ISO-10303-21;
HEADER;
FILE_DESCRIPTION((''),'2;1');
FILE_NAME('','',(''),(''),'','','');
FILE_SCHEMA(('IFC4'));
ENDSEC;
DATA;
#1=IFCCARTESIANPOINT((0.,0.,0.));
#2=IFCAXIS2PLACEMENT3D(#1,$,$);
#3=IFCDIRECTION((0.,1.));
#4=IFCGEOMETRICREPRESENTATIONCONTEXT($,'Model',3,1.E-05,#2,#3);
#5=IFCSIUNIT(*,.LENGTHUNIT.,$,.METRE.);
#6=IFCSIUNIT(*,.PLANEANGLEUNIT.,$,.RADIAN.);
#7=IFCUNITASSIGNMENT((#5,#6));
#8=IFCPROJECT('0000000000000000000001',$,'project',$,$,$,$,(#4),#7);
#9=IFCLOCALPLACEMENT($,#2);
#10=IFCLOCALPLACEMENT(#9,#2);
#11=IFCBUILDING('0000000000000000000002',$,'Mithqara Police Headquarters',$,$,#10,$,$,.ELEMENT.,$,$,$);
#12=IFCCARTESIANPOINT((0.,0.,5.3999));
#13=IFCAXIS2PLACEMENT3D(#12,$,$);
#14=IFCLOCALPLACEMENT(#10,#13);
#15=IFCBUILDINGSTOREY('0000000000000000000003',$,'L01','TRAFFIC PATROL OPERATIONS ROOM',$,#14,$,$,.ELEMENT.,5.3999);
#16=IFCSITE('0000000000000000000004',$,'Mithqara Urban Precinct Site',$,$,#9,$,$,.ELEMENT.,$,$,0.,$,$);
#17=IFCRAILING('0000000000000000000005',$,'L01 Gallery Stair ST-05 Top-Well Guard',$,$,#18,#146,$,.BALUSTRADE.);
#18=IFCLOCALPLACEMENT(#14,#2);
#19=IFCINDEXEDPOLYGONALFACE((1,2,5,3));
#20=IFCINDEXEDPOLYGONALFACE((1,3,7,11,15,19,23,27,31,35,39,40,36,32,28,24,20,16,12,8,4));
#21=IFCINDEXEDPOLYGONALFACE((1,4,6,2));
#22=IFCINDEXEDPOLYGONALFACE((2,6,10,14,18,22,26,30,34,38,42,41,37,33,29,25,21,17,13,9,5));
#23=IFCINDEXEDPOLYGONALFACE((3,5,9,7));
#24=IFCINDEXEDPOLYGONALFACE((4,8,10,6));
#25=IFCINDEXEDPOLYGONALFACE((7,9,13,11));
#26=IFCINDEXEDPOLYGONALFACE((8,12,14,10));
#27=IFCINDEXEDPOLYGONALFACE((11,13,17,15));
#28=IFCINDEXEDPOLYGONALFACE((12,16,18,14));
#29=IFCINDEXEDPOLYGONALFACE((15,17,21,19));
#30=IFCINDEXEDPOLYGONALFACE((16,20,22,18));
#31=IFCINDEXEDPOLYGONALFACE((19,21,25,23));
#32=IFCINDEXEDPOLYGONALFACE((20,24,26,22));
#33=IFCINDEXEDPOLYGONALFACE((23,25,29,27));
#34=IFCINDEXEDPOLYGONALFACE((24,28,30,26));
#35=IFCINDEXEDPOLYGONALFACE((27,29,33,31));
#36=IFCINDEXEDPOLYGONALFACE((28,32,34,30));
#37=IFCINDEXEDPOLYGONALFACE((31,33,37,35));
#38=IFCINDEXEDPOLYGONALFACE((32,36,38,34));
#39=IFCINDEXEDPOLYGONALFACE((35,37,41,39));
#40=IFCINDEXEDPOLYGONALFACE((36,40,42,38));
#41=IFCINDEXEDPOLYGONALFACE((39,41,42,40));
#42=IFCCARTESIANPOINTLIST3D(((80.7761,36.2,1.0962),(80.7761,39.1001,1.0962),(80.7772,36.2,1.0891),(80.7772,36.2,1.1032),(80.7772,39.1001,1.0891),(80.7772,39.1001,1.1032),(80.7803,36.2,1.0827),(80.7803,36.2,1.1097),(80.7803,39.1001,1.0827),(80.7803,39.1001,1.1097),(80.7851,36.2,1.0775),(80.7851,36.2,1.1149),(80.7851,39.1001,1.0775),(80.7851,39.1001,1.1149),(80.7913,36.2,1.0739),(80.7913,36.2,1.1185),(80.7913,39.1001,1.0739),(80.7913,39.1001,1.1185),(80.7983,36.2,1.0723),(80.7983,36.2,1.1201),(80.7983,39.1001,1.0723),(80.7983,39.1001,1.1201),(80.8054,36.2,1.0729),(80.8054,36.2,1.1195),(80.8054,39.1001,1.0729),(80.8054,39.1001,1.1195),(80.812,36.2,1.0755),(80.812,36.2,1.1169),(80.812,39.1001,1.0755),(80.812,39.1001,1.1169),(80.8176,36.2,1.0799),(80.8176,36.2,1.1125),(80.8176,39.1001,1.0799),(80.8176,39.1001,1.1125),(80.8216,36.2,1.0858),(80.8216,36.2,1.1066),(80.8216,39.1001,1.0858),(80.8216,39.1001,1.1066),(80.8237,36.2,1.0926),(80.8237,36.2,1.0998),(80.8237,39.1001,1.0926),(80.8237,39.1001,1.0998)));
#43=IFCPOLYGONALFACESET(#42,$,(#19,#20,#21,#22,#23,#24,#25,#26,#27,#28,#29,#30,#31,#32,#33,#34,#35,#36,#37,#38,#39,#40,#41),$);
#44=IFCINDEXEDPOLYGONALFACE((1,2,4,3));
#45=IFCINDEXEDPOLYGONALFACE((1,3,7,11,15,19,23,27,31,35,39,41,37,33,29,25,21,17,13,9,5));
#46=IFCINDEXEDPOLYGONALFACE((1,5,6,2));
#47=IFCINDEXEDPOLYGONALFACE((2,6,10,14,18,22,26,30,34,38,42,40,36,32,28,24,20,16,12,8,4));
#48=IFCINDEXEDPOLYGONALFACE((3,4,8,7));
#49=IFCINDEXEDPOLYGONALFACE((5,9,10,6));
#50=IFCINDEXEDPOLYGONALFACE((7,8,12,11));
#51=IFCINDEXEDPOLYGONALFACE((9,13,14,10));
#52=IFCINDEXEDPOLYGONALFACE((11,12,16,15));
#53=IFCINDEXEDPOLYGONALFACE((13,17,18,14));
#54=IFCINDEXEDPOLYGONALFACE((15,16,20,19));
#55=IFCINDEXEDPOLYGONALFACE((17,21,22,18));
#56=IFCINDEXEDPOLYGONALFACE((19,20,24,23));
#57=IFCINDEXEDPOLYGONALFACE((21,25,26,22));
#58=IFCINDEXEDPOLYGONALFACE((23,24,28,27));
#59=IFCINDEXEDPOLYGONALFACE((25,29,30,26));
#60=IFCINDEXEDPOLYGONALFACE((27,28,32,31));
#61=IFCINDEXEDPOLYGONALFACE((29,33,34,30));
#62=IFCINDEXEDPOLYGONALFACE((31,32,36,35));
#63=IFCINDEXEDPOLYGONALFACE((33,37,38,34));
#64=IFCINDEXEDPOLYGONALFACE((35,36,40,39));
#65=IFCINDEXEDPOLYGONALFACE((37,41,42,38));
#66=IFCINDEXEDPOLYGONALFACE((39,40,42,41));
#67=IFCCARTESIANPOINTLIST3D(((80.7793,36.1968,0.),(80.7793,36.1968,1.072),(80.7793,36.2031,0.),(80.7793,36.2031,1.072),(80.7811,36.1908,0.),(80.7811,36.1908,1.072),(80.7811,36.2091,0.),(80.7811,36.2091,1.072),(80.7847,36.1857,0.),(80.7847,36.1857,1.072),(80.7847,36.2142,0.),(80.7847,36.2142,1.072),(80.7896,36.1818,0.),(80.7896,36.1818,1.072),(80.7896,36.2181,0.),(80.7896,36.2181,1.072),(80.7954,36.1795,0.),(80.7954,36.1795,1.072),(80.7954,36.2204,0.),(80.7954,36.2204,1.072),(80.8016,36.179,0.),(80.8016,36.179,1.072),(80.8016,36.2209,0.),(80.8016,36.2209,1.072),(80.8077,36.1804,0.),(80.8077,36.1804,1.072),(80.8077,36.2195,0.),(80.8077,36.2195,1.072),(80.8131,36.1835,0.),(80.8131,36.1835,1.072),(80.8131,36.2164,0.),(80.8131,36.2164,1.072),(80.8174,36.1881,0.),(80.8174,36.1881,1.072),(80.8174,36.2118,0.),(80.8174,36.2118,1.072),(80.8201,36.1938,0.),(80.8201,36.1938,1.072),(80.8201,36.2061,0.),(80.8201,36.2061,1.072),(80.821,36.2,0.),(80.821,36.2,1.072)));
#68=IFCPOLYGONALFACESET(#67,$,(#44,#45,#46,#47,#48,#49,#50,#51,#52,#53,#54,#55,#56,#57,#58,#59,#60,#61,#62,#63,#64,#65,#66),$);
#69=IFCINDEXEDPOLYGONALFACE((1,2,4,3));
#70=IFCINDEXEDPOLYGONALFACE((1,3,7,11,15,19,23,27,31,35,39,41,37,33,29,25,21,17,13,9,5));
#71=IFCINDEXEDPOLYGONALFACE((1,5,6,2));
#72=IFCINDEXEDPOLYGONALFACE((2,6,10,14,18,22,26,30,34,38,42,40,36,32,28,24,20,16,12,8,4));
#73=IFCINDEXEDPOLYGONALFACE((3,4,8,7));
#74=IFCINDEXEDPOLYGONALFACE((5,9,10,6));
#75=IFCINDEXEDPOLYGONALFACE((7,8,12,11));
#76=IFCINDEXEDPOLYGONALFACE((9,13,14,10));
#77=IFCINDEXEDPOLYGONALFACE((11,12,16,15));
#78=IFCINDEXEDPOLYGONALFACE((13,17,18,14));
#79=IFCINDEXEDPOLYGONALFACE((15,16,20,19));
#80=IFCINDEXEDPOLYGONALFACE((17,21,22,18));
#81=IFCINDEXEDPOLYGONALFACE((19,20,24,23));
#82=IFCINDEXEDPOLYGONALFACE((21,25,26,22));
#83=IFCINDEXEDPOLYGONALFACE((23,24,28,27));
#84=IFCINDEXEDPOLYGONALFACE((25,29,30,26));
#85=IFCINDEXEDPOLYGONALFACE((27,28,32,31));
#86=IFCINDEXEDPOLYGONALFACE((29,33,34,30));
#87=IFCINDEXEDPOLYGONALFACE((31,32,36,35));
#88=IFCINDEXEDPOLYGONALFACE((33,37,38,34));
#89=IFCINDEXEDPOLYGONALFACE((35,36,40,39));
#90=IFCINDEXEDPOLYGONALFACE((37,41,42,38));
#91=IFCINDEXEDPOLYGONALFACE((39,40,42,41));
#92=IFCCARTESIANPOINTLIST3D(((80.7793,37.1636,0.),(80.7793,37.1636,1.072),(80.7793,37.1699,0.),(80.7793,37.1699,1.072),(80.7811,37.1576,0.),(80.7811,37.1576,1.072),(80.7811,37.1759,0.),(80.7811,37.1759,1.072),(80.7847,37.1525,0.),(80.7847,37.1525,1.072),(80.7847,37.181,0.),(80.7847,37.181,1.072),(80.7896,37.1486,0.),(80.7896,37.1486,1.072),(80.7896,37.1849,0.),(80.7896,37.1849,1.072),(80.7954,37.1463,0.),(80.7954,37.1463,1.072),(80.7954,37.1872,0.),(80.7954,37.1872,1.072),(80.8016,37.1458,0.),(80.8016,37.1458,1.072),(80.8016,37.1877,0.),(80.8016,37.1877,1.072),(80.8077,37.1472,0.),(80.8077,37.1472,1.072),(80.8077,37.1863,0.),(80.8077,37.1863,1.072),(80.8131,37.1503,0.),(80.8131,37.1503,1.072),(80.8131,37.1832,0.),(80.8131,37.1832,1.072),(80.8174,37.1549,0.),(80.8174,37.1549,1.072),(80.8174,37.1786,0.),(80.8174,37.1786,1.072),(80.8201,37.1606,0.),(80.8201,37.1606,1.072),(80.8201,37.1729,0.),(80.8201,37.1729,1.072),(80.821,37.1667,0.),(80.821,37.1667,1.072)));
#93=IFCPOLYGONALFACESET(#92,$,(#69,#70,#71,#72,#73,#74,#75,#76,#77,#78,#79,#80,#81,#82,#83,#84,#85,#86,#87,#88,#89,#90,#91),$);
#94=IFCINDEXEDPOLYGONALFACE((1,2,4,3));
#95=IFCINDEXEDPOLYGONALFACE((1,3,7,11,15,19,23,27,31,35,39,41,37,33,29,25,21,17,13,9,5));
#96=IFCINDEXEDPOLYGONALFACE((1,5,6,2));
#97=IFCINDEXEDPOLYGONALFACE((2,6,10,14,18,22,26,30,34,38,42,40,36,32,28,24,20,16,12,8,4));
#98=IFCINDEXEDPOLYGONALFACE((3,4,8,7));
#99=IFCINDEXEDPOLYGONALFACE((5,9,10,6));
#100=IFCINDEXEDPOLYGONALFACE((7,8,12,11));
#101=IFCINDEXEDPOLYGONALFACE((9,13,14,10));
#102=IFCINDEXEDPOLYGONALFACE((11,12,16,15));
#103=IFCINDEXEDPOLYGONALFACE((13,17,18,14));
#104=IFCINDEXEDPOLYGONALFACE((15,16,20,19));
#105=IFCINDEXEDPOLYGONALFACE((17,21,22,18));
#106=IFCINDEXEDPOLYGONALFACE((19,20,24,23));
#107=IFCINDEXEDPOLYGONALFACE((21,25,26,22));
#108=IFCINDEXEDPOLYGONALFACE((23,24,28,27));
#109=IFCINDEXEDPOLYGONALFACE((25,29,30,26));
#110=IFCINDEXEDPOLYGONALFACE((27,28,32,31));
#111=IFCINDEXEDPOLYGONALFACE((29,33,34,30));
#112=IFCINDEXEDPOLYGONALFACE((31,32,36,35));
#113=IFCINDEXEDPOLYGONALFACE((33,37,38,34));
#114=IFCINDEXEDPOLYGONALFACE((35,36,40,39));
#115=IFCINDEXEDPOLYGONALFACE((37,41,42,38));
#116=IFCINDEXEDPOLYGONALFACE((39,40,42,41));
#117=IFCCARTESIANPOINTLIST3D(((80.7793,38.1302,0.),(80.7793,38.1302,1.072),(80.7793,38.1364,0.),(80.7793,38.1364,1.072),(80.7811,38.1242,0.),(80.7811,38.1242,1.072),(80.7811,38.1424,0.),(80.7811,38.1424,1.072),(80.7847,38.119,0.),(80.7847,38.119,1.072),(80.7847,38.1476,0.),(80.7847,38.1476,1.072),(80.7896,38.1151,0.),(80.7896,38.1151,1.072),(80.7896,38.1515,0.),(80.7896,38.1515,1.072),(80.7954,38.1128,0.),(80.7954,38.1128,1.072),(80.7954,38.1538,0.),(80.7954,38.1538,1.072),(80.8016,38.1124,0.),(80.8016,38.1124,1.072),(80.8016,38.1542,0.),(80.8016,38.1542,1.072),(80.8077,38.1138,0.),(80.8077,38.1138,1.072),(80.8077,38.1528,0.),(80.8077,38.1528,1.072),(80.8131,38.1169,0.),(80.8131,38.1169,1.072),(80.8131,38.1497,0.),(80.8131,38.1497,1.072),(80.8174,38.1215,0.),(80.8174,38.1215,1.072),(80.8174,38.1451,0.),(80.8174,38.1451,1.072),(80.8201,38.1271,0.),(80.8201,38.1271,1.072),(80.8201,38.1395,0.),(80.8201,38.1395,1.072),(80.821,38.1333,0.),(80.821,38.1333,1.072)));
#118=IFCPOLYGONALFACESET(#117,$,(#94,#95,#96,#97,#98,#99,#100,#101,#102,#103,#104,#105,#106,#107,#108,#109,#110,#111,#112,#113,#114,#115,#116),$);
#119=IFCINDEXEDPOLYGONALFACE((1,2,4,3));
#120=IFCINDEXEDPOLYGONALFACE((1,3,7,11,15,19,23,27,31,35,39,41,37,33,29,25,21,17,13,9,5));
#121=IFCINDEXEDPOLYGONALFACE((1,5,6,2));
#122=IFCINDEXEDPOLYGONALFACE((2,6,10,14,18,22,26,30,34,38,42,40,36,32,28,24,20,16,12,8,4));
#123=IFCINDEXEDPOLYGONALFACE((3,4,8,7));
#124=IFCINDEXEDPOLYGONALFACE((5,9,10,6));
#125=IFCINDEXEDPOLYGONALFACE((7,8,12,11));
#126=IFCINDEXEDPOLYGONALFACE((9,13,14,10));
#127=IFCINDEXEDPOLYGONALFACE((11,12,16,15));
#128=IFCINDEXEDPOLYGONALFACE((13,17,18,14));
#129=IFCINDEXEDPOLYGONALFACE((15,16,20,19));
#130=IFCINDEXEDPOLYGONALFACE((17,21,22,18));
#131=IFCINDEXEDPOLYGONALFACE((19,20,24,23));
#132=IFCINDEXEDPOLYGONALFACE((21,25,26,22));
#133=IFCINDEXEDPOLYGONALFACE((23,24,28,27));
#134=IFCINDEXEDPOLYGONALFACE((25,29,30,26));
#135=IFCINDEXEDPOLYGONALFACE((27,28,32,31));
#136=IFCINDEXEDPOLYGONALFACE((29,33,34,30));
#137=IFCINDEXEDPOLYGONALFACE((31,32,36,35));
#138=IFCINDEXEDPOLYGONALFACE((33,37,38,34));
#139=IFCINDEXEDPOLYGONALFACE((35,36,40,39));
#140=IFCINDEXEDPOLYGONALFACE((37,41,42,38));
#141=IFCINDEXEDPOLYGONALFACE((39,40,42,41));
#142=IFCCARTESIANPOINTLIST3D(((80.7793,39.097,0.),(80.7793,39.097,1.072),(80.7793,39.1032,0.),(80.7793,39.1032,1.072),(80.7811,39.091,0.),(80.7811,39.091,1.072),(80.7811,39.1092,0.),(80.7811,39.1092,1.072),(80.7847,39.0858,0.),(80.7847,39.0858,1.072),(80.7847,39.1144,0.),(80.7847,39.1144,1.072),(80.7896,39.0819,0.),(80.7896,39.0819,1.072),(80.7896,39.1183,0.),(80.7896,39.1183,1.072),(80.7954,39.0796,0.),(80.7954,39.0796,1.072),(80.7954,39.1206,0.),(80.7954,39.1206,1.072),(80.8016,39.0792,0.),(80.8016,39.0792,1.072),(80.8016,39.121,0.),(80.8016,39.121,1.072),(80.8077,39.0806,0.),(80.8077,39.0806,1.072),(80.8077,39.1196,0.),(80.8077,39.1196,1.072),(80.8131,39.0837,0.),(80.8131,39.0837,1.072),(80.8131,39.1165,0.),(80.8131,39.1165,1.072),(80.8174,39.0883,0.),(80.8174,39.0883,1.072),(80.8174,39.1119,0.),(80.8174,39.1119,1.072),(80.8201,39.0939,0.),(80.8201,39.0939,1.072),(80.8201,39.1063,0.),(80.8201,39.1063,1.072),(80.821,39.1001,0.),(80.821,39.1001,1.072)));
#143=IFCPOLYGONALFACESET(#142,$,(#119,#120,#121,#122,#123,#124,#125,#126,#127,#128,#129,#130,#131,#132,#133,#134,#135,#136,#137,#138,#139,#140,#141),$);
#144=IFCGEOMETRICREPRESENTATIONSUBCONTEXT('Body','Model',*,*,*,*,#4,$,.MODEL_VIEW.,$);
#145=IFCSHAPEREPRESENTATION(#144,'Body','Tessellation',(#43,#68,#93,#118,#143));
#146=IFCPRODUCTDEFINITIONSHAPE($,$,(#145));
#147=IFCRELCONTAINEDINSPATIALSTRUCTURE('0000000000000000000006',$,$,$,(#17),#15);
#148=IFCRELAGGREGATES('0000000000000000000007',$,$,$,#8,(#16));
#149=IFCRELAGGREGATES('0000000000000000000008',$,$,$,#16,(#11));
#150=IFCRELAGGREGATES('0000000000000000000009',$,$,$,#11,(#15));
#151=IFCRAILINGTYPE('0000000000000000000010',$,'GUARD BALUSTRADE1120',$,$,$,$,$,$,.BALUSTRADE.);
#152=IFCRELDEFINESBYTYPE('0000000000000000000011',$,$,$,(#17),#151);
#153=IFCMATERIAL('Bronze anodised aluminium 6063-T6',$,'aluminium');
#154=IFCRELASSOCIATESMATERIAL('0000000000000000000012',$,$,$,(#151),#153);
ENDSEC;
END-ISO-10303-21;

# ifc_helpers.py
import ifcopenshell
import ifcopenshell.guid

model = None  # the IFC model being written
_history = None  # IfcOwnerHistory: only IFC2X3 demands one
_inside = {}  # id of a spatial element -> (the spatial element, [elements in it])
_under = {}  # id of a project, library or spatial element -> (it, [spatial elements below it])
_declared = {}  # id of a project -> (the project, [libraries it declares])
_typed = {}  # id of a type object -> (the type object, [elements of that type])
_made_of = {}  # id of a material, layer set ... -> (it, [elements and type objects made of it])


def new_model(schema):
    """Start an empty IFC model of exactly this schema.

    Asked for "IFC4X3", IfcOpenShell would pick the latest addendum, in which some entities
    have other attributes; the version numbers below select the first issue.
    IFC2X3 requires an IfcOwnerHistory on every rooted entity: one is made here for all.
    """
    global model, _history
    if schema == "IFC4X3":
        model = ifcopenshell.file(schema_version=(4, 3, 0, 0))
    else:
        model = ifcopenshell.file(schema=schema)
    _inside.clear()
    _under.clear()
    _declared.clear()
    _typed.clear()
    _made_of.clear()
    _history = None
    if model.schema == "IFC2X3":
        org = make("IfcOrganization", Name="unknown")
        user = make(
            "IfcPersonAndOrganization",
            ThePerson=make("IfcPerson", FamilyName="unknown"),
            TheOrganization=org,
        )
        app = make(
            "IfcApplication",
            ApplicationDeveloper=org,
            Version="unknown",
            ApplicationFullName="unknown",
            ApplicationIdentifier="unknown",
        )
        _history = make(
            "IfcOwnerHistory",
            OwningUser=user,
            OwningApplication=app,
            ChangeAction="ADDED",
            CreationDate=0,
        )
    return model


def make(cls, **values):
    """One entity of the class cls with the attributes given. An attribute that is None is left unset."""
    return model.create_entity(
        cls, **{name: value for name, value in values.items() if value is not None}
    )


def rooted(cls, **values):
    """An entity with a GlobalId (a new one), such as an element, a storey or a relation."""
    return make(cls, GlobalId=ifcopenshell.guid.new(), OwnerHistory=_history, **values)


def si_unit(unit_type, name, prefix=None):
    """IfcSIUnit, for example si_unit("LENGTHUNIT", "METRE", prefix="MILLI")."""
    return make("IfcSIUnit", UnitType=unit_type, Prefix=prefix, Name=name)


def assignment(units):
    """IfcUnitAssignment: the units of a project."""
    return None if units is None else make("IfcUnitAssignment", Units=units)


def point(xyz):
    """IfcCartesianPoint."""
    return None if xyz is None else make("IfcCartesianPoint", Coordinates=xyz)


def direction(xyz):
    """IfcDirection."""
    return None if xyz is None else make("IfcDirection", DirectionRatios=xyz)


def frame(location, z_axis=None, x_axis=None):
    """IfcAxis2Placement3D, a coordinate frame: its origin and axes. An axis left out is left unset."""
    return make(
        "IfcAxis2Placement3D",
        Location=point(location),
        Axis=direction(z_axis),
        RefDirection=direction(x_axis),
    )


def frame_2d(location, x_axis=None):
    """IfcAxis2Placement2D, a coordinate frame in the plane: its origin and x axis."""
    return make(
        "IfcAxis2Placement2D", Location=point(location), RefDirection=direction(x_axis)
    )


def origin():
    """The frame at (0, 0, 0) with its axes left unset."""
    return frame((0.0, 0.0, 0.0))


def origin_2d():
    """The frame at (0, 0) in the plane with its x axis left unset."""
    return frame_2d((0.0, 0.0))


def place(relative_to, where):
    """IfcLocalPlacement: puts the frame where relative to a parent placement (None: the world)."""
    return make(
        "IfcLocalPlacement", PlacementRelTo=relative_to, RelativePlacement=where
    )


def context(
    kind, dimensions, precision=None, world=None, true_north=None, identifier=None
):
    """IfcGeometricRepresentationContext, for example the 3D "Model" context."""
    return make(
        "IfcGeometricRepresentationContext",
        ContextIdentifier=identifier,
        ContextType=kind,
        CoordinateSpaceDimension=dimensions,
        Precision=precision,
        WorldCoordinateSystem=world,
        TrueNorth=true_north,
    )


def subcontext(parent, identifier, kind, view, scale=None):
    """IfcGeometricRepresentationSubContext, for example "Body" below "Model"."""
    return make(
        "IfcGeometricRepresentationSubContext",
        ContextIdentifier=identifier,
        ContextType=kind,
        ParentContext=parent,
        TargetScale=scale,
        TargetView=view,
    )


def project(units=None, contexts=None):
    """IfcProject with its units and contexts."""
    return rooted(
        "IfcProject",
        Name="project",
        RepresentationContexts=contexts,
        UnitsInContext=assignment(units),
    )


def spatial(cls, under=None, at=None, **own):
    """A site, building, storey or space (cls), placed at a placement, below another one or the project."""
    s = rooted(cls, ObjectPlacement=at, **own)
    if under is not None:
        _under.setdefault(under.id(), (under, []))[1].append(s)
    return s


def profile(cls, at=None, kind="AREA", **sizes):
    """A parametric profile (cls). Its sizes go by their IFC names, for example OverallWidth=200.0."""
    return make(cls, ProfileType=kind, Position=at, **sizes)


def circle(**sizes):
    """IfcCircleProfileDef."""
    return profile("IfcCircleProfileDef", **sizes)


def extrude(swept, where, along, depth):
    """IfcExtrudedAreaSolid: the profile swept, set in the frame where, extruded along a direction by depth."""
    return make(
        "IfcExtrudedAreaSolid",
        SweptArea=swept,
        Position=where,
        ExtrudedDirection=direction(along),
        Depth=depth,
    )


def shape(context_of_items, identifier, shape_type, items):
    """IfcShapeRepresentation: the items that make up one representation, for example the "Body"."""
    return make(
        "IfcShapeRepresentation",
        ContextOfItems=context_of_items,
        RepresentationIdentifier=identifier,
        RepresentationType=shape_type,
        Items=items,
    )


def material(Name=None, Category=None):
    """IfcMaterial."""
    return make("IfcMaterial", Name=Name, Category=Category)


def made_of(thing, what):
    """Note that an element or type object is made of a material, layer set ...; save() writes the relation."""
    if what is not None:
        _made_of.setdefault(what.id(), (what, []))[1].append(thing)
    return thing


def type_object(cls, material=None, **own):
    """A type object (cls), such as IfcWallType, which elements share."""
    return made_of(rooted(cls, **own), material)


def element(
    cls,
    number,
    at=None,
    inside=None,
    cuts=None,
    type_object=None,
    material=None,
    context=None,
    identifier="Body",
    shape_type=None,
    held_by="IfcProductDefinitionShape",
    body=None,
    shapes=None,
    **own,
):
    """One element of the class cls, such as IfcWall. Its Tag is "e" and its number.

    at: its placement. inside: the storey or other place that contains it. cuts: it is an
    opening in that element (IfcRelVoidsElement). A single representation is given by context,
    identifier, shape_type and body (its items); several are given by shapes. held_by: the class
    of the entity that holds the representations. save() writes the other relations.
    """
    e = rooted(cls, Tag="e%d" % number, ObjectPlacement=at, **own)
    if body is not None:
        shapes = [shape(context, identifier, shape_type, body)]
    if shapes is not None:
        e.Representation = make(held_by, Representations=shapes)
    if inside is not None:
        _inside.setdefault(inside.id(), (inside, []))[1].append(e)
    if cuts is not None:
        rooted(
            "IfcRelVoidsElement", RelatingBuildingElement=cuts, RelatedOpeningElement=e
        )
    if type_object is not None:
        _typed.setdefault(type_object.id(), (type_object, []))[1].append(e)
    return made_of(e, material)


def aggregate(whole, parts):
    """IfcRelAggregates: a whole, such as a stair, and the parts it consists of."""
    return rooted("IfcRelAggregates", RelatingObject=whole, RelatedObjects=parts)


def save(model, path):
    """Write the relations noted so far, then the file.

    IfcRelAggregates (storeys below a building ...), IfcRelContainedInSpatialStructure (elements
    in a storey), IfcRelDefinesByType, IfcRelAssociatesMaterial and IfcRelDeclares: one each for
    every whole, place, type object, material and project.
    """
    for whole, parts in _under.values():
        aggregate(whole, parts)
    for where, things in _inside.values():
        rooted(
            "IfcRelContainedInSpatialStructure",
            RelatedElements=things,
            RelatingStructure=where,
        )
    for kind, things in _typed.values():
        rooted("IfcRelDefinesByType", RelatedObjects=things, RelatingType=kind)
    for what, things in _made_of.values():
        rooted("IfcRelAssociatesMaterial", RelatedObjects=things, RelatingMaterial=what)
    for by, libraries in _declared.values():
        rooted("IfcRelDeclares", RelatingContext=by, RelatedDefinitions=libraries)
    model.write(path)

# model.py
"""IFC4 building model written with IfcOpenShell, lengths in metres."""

from ifc_helpers import new_model, si_unit, direction, frame, origin, origin_2d, place, context, subcontext, project, spatial, circle, extrude, material, type_object, element, save


model = new_model("IFC4")

# Units and contexts
model_context = context("Model", 3, precision=1e-05, world=origin(), true_north=direction((0.0, 1.0)))
body_context = subcontext(model_context, "Body", "Model", "MODEL_VIEW")
ifc_project = project(units=[si_unit("LENGTHUNIT", "METRE"), si_unit("PLANEANGLEUNIT", "RADIAN")], contexts=[model_context])

# Site, building, storey
site_placement = place(None, origin())
site = spatial("IfcSite", under=ifc_project, at=site_placement, Name="Mithqara Urban Precinct Site", CompositionType="ELEMENT", RefElevation=0.0)
building_placement = place(site_placement, origin())
building = spatial("IfcBuilding", under=site, at=building_placement, Name="Mithqara Police Headquarters", CompositionType="ELEMENT")
storey_placement = place(building_placement, frame((0.0, 0.0, 5.3999)))
storey = spatial("IfcBuildingStorey", under=building, at=storey_placement, Name="L01", Description="TRAFFIC PATROL OPERATIONS ROOM", CompositionType="ELEMENT", Elevation=5.3999)

# Railing
ifc_material_1 = material(Name="Bronze anodised aluminium 6063-T6", Category="aluminium")
railing_type_1 = type_object("IfcRailingType", Name="GUARD BALUSTRADE1120", PredefinedType="BALUSTRADE", material=ifc_material_1)
railing_1_placement = place(storey_placement, frame((80.8, 36.2, 0.0)))
element("IfcRailing", 1, at=railing_1_placement, inside=storey, type_object=railing_type_1, Name="L01 Gallery Stair ST-05 Top-Well Guard", PredefinedType="BALUSTRADE", context=body_context, shape_type="SweptSolid", body=[
    extrude(circle(Radius=0.0239, at=origin_2d()), frame((0.0, 0.0, 1.0962), z_axis=(0.0, 1.0, 0.0), x_axis=(-1.0, 0.0, 0.0)), (0.0, 0.0, 1.0), 2.9001),
    extrude(circle(Radius=0.021, at=origin_2d()), origin(), (0.0, 0.0, 1.0), 1.072),
    extrude(circle(Radius=0.021, at=origin_2d()), frame((0.0, 0.9668, 0.0)), (0.0, 0.0, 1.0), 1.072),
    extrude(circle(Radius=0.021, at=origin_2d()), frame((0.0, 1.9333, 0.0)), (0.0, 0.0, 1.0), 1.072),
    extrude(circle(Radius=0.021, at=origin_2d()), frame((0.0, 2.9001, 0.0)), (0.0, 0.0, 1.0), 1.072),
])

save(model, "model.ifc")
